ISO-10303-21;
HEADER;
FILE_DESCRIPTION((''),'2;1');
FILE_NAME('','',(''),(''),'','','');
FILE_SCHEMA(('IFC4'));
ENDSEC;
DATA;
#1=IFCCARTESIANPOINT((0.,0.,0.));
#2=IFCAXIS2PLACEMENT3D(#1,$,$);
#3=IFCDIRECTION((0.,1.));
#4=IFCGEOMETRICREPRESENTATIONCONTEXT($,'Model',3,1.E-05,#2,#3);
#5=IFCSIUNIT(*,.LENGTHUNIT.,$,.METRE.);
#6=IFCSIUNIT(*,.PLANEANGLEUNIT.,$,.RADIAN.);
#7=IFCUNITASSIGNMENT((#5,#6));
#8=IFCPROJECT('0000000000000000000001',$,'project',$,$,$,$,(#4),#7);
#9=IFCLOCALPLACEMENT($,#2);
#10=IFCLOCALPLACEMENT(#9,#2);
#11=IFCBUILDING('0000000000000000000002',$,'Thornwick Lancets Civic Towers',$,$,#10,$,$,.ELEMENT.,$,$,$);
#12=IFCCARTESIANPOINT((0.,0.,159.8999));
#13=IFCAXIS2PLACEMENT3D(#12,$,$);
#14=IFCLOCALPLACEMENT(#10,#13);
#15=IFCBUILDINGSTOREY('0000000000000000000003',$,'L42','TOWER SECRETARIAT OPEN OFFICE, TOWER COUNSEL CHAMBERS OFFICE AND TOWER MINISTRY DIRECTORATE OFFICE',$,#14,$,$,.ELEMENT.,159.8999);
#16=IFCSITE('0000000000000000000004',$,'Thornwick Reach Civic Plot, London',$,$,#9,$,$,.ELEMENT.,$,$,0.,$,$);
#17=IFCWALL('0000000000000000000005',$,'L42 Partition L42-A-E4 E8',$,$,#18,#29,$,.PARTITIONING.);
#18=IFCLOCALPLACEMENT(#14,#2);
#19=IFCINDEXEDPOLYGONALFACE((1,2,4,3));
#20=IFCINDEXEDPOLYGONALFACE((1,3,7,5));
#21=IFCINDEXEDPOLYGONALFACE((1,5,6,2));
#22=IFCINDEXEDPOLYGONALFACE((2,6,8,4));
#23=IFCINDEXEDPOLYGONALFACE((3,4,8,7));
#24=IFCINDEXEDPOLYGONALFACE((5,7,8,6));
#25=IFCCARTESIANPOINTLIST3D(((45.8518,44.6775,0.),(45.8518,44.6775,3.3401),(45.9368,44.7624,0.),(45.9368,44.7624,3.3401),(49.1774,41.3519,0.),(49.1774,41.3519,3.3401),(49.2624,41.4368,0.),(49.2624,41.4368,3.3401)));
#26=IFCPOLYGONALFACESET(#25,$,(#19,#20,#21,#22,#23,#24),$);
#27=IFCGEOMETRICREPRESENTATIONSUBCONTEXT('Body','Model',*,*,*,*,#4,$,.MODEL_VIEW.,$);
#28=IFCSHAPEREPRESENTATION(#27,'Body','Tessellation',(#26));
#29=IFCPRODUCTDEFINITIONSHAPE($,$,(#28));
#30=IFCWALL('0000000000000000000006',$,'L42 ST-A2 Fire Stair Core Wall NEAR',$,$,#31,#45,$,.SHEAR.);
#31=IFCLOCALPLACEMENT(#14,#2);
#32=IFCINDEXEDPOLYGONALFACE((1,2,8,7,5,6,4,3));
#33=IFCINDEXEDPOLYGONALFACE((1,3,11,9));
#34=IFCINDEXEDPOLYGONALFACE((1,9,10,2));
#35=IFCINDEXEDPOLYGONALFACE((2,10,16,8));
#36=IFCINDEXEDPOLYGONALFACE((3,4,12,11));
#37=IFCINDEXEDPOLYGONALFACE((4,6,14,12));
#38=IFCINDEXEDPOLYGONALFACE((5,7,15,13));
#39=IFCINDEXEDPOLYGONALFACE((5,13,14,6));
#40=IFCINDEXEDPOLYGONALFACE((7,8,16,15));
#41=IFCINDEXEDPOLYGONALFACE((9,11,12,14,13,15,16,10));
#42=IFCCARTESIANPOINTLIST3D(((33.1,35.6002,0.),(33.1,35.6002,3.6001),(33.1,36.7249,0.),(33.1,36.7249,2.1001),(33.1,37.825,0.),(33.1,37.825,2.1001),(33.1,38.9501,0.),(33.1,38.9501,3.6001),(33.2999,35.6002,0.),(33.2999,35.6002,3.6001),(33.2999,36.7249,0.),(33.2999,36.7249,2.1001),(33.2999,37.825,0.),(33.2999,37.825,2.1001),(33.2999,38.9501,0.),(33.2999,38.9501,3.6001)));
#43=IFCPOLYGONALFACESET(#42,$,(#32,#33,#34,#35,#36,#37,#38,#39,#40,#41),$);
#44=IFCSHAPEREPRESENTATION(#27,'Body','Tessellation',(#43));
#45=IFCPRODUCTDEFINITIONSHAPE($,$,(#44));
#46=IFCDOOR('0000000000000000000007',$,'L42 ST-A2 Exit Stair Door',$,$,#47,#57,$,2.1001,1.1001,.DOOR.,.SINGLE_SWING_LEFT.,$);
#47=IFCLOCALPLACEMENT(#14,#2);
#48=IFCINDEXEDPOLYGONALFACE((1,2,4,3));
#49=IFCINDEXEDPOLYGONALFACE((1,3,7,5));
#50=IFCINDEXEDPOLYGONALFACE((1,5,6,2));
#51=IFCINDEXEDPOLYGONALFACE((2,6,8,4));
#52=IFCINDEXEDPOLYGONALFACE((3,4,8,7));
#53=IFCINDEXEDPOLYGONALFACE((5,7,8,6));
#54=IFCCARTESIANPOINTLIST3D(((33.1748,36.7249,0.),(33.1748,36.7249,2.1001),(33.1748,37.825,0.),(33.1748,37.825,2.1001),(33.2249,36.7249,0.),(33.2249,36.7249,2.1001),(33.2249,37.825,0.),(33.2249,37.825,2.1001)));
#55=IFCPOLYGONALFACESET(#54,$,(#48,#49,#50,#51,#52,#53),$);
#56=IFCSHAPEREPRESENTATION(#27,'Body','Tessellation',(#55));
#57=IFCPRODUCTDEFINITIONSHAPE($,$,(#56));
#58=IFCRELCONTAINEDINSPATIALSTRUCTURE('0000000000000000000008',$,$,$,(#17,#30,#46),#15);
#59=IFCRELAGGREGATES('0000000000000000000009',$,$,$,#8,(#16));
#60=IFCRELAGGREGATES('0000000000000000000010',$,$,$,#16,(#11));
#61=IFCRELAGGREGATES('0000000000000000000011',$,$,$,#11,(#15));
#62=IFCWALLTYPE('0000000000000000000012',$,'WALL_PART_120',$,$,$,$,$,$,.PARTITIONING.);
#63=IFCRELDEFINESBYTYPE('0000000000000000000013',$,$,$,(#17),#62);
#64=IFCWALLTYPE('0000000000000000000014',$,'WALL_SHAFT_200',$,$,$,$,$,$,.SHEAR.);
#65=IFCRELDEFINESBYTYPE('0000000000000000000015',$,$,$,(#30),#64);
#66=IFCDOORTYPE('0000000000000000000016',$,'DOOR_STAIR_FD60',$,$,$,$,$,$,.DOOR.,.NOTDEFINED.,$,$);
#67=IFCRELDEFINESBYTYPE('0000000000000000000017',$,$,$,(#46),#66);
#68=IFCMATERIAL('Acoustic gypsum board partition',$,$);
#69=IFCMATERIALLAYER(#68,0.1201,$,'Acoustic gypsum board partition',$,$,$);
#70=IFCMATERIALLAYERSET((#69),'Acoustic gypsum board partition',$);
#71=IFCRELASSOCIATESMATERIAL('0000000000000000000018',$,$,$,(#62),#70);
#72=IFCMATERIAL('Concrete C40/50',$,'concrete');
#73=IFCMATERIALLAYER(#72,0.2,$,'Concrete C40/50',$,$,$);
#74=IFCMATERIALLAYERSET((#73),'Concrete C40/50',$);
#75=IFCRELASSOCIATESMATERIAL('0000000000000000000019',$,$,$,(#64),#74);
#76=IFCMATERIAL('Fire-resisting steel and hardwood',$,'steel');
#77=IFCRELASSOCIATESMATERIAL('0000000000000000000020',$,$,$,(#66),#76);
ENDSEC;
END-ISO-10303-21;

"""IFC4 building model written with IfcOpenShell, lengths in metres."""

from ifc_helpers import new_model, si_unit, direction, frame, frame_2d, origin, place, context, subcontext, project, spatial, rectangle, extrude, material, layer, layer_set, type_object, element, fill, save


model = new_model("IFC4")

# Units and contexts
model_context = context("Model", 3, precision=1e-05, world=origin(), true_north=direction((0.0, 1.0)))
body_context = subcontext(model_context, "Body", "Model", "MODEL_VIEW")
ifc_project = project(units=[si_unit("LENGTHUNIT", "METRE"), si_unit("PLANEANGLEUNIT", "RADIAN")], contexts=[model_context])

# Site, building, storey
site_placement = place(None, origin())
site = spatial("IfcSite", under=ifc_project, at=site_placement, Name="Thornwick Reach Civic Plot, London", CompositionType="ELEMENT", RefElevation=0.0)
building_placement = place(site_placement, origin())
building = spatial("IfcBuilding", under=site, at=building_placement, Name="Thornwick Lancets Civic Towers", CompositionType="ELEMENT")
storey_placement = place(building_placement, frame((0.0, 0.0, 159.8999)))
storey = spatial("IfcBuildingStorey", under=building, at=storey_placement, Name="L42", Description="TOWER SECRETARIAT OPEN OFFICE, TOWER COUNSEL CHAMBERS OFFICE AND TOWER MINISTRY DIRECTORATE OFFICE", CompositionType="ELEMENT", Elevation=159.8999)

# Wall
ifc_material_1 = material(Name="Acoustic gypsum board partition")
ifc_layer_1 = layer(ifc_material_1, 0.1201, Name="Acoustic gypsum board partition")
ifc_layer_set_1 = layer_set([ifc_layer_1], Name="Acoustic gypsum board partition")
wall_type_1 = type_object("IfcWallType", Name="WALL_PART_120", PredefinedType="PARTITIONING", material=ifc_layer_set_1)
wall_1_placement = place(storey_placement, frame((45.8943, 44.72, 0.0), z_axis=(0.0, 0.0, 1.0), x_axis=(0.707107, -0.707107, 0.0)))
element("IfcWall", 1, at=wall_1_placement, inside=storey, type_object=wall_type_1, Name="L42 Partition L42-A-E4 E8", PredefinedType="PARTITIONING", context=body_context, shape_type="SweptSolid", body=[
    extrude(rectangle(XDim=4.7031, YDim=0.1201, at=frame_2d((2.3516, 0.0))), origin(), (0.0, 0.0, 1.0), 3.3401),
])

# Wall, opening, door
ifc_material_2 = material(Name="Concrete C40/50", Category="concrete")
ifc_layer_2 = layer(ifc_material_2, 0.2, Name="Concrete C40/50")
ifc_layer_set_2 = layer_set([ifc_layer_2], Name="Concrete C40/50")
wall_type_2 = type_object("IfcWallType", Name="WALL_SHAFT_200", PredefinedType="SHEAR", material=ifc_layer_set_2)
wall_2_placement = place(storey_placement, frame((33.2, 38.95, 0.0), z_axis=(0.0, 0.0, 1.0), x_axis=(0.0, -1.0, 0.0)))
wall_2 = element("IfcWall", 2, at=wall_2_placement, inside=storey, type_object=wall_type_2, Name="L42 ST-A2 Fire Stair Core Wall NEAR", PredefinedType="SHEAR", context=body_context, shape_type="SweptSolid", body=[
    extrude(rectangle(XDim=3.3499, YDim=0.2, at=frame_2d((1.6748, 0.0))), origin(), (0.0, 0.0, 1.0), 3.6001),
])
opening_1_placement = place(wall_2_placement, frame((1.125, 0.0, 0.0)))
opening_1 = element("IfcOpeningElement", 3, at=opening_1_placement, cuts=wall_2, PredefinedType="OPENING", context=body_context, shape_type="SweptSolid", body=[
    extrude(rectangle(XDim=1.1001, YDim=2.1001, at=frame_2d((0.55, 1.05))), frame((0.0, 0.1099, 0.0), z_axis=(0.0, -1.0, 0.0), x_axis=(1.0, 0.0, 0.0)), (0.0, 0.0, 1.0), 0.22),
])
ifc_material_3 = material(Name="Fire-resisting steel and hardwood", Category="steel")
door_type = type_object("IfcDoorType", Name="DOOR_STAIR_FD60", OperationType="NOTDEFINED", PredefinedType="DOOR", material=ifc_material_3)
door_placement = place(opening_1_placement, origin())
door = element("IfcDoor", 4, at=door_placement, inside=storey, type_object=door_type, Name="L42 ST-A2 Exit Stair Door", OperationType="SINGLE_SWING_LEFT", OverallHeight=2.1001, OverallWidth=1.1001, PredefinedType="DOOR", context=body_context, shape_type="SweptSolid", body=[
    extrude(rectangle(XDim=1.1001, YDim=2.1001, at=frame_2d((0.55, 1.05))), frame((0.0, 0.0249, 0.0), z_axis=(0.0, -1.0, 0.0), x_axis=(1.0, 0.0, 0.0)), (0.0, 0.0, 1.0), 0.05),
])
fill(opening_1, door)

save(model, "model.ifc")
